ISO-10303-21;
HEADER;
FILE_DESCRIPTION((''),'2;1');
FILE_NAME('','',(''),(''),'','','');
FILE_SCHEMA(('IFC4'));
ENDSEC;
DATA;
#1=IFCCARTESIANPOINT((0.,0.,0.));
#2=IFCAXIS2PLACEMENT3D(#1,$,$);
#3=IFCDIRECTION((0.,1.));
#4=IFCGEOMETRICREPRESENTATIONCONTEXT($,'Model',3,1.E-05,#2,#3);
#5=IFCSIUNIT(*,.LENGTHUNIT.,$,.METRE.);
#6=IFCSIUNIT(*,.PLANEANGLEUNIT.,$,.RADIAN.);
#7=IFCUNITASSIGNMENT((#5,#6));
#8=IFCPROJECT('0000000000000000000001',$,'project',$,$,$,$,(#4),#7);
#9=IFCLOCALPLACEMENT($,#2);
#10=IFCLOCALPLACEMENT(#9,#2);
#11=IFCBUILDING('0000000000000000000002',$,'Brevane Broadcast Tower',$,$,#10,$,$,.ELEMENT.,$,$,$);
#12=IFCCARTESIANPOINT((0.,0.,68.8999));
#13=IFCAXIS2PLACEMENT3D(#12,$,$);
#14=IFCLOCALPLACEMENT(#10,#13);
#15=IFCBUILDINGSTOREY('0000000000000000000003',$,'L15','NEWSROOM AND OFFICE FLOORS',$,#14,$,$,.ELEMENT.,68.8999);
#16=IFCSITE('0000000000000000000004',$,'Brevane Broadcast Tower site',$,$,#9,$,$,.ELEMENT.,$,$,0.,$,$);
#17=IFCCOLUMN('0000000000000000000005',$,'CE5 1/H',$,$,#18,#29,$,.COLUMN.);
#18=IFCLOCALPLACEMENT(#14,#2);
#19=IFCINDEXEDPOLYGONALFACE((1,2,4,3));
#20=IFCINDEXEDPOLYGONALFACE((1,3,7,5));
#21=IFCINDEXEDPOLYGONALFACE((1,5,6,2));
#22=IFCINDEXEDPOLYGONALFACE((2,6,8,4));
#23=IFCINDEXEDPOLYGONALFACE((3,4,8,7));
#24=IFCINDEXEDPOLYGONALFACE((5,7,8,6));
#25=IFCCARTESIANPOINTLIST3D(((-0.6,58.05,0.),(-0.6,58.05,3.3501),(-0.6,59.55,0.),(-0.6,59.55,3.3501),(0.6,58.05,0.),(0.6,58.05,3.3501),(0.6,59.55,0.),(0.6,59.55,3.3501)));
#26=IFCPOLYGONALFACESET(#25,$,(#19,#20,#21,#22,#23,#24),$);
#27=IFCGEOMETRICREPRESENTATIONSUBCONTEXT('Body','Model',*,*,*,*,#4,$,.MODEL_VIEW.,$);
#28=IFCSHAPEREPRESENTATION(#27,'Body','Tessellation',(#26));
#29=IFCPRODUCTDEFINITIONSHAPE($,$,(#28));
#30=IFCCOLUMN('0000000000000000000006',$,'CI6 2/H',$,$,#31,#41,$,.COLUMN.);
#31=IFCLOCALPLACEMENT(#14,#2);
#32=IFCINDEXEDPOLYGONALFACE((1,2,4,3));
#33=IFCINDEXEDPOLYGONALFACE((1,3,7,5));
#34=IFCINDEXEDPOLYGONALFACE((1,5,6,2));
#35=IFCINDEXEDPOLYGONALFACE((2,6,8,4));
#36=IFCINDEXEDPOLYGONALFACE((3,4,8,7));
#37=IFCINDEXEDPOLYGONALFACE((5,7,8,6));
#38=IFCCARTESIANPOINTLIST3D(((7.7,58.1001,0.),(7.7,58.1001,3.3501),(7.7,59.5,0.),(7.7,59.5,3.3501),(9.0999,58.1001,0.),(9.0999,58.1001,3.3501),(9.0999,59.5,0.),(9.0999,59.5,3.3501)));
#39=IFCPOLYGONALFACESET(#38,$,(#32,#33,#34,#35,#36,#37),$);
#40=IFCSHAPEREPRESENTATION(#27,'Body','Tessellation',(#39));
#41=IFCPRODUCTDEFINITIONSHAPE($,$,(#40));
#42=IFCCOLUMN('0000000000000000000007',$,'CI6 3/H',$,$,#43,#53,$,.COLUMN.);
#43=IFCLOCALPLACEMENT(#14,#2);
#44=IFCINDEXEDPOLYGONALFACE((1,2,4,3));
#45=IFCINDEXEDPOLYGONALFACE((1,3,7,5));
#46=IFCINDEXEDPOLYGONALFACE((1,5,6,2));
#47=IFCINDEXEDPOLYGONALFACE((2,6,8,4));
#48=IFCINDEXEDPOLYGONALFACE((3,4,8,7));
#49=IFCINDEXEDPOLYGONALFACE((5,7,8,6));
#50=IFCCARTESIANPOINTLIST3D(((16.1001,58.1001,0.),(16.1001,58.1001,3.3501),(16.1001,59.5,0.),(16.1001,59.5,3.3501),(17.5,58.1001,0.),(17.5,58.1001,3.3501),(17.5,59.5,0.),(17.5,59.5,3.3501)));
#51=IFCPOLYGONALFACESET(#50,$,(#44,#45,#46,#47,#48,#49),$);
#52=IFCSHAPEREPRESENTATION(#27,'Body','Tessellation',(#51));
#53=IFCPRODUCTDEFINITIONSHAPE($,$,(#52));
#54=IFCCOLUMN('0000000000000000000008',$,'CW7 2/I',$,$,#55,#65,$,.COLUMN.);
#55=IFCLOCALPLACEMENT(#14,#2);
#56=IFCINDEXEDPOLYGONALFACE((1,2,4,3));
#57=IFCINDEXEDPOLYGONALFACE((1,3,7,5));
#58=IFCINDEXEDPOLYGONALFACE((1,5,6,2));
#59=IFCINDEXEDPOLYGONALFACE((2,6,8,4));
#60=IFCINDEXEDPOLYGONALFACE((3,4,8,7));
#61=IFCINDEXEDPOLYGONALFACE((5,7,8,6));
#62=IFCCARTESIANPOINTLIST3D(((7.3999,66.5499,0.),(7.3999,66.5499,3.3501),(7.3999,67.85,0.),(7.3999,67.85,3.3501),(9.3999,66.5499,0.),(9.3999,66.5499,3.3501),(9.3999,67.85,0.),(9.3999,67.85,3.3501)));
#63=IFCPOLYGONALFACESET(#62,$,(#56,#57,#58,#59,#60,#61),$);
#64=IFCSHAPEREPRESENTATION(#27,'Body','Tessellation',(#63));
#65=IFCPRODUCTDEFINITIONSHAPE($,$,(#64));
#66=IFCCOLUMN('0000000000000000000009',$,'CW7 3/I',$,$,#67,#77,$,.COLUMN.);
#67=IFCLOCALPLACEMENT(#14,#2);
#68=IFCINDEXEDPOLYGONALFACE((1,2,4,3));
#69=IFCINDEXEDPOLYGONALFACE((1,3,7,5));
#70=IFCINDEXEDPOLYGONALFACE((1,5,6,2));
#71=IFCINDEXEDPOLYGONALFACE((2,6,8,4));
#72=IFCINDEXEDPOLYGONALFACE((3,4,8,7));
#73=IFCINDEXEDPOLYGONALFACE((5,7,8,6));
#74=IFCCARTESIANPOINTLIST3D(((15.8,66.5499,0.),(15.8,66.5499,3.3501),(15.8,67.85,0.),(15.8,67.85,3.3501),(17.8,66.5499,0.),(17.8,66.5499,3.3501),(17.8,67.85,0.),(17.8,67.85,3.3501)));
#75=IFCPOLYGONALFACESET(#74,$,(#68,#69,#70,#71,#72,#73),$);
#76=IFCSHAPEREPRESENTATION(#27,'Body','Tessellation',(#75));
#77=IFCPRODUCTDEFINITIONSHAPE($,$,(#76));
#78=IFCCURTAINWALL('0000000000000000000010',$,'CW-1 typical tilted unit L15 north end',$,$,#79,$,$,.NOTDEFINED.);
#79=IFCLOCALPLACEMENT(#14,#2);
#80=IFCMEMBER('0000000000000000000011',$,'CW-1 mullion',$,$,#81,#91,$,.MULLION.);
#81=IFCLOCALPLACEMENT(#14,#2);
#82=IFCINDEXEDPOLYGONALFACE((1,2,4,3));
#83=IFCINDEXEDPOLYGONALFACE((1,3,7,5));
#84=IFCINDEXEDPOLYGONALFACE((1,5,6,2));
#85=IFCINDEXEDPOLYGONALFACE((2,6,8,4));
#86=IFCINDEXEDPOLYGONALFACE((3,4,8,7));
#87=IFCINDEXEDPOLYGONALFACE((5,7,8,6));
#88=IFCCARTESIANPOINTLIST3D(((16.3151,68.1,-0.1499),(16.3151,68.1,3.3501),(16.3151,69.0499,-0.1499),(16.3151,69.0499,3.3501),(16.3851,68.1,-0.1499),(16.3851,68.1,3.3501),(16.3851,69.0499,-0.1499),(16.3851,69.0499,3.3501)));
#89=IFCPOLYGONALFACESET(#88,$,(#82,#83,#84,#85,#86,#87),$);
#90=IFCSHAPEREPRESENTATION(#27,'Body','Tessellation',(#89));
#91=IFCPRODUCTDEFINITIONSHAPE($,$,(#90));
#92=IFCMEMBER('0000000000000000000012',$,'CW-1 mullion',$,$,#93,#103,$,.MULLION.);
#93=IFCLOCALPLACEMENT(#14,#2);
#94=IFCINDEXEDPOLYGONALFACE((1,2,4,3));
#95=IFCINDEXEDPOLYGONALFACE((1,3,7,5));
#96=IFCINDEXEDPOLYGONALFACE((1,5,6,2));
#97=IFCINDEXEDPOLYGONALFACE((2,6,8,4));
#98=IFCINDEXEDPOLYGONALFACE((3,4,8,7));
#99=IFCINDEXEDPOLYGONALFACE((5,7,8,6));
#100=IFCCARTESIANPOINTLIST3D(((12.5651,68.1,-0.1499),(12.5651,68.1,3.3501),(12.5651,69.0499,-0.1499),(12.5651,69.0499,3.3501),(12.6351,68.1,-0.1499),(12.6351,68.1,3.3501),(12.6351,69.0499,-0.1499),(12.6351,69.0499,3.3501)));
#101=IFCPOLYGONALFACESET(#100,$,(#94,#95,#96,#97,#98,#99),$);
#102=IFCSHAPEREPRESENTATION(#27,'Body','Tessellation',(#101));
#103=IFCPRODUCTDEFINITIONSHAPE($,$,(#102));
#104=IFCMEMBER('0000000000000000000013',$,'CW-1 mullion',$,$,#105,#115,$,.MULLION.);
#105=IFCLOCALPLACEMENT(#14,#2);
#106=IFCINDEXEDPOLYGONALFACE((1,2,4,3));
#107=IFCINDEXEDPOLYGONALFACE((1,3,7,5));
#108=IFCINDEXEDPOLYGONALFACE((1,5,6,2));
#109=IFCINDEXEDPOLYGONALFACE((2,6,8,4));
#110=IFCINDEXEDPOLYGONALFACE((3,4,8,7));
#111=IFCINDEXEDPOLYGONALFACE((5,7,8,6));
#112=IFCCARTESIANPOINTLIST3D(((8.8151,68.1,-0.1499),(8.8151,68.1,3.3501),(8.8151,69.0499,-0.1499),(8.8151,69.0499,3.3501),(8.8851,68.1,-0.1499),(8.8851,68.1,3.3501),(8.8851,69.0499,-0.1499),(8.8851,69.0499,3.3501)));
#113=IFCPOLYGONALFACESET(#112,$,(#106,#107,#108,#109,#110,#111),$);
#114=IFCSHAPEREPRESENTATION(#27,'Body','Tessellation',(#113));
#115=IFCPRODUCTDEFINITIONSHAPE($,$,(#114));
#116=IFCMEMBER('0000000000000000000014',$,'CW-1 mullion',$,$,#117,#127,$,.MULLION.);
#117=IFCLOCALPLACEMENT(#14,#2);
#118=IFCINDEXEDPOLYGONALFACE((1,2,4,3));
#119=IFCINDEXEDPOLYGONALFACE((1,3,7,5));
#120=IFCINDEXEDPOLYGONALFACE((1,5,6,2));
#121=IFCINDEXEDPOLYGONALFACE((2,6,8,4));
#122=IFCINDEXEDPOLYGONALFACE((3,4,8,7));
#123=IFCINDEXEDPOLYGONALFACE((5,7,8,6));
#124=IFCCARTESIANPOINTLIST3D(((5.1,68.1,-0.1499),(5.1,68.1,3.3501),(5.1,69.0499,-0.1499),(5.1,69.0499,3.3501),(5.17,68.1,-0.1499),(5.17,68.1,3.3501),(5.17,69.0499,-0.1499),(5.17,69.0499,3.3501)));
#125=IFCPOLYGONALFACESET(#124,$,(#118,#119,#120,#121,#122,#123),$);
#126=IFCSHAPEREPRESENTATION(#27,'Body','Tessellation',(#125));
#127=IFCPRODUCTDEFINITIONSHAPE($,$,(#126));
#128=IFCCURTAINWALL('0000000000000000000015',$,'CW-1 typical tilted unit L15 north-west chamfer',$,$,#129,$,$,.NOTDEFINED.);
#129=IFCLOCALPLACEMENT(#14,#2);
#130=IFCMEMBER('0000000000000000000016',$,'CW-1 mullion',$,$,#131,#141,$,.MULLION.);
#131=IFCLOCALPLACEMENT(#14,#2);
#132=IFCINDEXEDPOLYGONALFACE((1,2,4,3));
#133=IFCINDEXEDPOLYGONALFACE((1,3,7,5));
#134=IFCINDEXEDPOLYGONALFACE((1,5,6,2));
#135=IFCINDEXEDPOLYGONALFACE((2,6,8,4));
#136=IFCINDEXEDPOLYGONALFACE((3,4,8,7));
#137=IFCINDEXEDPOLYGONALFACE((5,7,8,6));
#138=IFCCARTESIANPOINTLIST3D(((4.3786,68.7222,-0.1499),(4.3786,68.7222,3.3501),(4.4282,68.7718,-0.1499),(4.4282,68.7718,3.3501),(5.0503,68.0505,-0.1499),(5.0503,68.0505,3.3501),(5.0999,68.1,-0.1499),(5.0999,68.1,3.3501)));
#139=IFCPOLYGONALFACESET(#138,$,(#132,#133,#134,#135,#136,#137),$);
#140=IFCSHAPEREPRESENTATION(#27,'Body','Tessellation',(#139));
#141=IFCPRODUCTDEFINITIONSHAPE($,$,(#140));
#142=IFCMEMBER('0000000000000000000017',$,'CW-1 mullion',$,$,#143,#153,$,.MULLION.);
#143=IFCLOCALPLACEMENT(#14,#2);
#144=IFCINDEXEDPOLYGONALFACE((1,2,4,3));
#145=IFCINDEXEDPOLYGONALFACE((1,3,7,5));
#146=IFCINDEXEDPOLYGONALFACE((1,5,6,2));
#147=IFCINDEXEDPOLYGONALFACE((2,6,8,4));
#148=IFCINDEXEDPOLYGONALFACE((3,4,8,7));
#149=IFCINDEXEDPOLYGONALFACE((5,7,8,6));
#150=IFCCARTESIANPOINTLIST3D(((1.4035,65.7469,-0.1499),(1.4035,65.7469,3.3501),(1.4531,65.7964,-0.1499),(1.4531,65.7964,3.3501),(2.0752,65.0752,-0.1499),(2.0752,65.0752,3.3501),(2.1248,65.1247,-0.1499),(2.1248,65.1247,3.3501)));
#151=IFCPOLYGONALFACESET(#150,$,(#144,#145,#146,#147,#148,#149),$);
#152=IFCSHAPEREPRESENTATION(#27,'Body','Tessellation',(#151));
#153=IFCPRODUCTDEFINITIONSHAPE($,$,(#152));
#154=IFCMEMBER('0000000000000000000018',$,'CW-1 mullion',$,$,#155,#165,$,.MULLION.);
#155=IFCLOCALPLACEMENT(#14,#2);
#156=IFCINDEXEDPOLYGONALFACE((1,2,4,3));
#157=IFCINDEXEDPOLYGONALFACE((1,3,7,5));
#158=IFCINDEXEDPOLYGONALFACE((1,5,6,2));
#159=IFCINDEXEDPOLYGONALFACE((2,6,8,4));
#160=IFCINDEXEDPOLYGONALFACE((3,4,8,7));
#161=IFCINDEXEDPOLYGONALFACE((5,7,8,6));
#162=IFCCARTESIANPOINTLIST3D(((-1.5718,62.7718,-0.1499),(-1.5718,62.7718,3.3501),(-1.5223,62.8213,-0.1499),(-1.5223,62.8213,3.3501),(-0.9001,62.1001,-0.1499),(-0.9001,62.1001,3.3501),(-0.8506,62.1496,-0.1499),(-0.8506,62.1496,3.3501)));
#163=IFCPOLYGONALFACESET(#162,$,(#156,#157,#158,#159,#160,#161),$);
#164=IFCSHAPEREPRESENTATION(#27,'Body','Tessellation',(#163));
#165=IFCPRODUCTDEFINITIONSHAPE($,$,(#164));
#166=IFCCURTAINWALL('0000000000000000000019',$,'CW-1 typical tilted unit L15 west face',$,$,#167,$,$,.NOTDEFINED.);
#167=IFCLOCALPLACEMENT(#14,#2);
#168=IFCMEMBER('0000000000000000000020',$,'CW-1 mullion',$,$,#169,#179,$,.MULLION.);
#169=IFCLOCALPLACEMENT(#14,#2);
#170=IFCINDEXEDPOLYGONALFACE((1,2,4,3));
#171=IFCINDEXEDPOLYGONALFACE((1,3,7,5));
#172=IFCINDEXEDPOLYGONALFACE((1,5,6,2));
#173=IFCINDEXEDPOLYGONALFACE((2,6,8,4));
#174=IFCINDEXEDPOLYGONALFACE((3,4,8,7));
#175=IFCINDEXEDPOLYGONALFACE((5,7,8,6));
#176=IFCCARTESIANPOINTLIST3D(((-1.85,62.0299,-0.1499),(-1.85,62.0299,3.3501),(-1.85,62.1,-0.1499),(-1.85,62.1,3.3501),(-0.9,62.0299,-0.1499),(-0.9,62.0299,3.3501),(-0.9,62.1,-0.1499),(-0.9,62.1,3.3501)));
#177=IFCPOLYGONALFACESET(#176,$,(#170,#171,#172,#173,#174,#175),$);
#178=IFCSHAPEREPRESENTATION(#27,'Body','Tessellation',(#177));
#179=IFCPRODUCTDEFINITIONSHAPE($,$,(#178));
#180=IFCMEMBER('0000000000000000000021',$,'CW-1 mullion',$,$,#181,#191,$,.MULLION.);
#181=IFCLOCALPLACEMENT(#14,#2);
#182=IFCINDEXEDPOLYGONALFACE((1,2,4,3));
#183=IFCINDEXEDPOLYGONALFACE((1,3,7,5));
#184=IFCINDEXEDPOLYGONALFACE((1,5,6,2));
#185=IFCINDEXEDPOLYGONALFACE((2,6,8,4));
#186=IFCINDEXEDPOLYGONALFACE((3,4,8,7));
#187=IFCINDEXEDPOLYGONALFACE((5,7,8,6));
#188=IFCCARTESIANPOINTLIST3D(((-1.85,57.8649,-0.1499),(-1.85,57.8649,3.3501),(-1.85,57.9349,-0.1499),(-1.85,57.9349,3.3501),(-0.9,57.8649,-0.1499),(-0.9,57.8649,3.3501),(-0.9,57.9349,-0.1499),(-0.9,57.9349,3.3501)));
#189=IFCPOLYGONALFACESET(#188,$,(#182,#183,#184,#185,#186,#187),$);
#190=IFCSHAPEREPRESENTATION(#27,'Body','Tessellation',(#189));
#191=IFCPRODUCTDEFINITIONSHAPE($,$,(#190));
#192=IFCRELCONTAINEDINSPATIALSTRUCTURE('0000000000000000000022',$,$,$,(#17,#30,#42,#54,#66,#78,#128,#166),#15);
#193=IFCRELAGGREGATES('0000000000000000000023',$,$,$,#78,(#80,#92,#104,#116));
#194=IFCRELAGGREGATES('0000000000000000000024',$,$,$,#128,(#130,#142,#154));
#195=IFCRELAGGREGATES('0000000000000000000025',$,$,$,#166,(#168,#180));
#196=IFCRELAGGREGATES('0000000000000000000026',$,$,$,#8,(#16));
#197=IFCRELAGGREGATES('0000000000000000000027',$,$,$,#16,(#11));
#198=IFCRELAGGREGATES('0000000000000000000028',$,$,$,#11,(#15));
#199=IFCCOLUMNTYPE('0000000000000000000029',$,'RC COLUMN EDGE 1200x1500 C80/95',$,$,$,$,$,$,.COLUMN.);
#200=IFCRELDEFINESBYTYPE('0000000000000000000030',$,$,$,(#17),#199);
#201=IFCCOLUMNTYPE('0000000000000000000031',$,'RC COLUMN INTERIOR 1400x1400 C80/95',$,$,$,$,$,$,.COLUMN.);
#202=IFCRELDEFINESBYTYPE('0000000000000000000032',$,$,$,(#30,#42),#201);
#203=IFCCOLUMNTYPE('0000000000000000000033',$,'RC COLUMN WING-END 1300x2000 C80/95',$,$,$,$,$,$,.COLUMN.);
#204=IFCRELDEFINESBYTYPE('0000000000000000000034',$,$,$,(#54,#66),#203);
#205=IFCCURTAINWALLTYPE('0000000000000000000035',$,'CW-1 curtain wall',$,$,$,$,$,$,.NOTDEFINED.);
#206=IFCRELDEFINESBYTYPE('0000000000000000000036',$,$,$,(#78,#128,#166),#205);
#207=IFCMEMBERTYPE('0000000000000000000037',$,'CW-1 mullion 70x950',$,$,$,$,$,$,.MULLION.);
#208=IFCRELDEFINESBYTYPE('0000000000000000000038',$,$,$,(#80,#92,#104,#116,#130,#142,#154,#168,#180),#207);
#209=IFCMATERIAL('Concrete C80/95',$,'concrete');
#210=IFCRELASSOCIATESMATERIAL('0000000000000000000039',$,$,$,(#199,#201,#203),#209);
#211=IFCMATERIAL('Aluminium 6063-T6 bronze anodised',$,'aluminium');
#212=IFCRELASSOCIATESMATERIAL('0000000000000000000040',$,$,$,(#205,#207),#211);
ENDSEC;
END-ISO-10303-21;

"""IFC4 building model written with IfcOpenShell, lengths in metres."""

from ifc_helpers import new_model, si_unit, direction, frame, origin, origin_2d, place, context, subcontext, project, spatial, rectangle, extrude, material, material_profile, profile_set, type_object, element, aggregate, save


model = new_model("IFC4")

# Units and contexts
model_context = context("Model", 3, precision=1e-05, world=origin(), true_north=direction((0.0, 1.0)))
body_context = subcontext(model_context, "Body", "Model", "MODEL_VIEW")
ifc_project = project(units=[si_unit("LENGTHUNIT", "METRE"), si_unit("PLANEANGLEUNIT", "RADIAN")], contexts=[model_context])

# Site, building, storey
site_placement = place(None, origin())
site = spatial("IfcSite", under=ifc_project, at=site_placement, Name="Brevane Broadcast Tower site", CompositionType="ELEMENT", RefElevation=0.0)
building_placement = place(site_placement, origin())
building = spatial("IfcBuilding", under=site, at=building_placement, Name="Brevane Broadcast Tower", CompositionType="ELEMENT")
storey_placement = place(building_placement, frame((0.0, 0.0, 68.8999)))
storey = spatial("IfcBuildingStorey", under=building, at=storey_placement, Name="L15", Description="NEWSROOM AND OFFICE FLOORS", CompositionType="ELEMENT", Elevation=68.8999)

# Columns
ifc_material_1 = material(Name="Concrete C80/95", Category="concrete")
ifc_material_profile_1 = material_profile(ifc_material_1, rectangle(XDim=1.2, YDim=1.5, at=origin_2d()), Name="RC 1200x1500")
ifc_profile_set_1 = profile_set([ifc_material_profile_1], Name="Concrete C80/95")
column_type_1 = type_object("IfcColumnType", Name="RC COLUMN EDGE 1200x1500 C80/95", PredefinedType="COLUMN", material=ifc_profile_set_1)
column_placement = place(storey_placement, frame((0.0, 58.8, 0.0), z_axis=(0.0, 0.0, 1.0), x_axis=(1.0, 0.0, 0.0)))
element("IfcColumn", 1, at=column_placement, inside=storey, type_object=column_type_1, Name="CE5 1/H", PredefinedType="COLUMN", context=body_context, shape_type="SweptSolid", body=[
    extrude(rectangle(XDim=1.2, YDim=1.5, at=origin_2d()), origin(), (0.0, 0.0, 1.0), 3.3501),
])
ifc_material_profile_2 = material_profile(ifc_material_1, rectangle(XDim=1.3999, YDim=1.3999, at=origin_2d()), Name="RC 1400x1400")
ifc_profile_set_2 = profile_set([ifc_material_profile_2], Name="Concrete C80/95")
column_type_2 = type_object("IfcColumnType", Name="RC COLUMN INTERIOR 1400x1400 C80/95", PredefinedType="COLUMN", material=ifc_profile_set_2)
for number, where, z_axis, x_axis, name in (
    (2, (8.3999, 58.8, 0.0), (0.0, 0.0, 1.0), (1.0, 0.0, 0.0), "CI6 2/H"),
    (3, (16.8, 58.8, 0.0), (0.0, 0.0, 1.0), (1.0, 0.0, 0.0), "CI6 3/H"),
):
    element("IfcColumn", number, at=place(storey_placement, frame(where, z_axis=z_axis, x_axis=x_axis)), inside=storey, type_object=column_type_2, Name=name, PredefinedType="COLUMN", context=body_context, shape_type="SweptSolid", body=[
        extrude(rectangle(XDim=1.3999, YDim=1.3999, at=origin_2d()), origin(), (0.0, 0.0, 1.0), 3.3501),
    ])
ifc_material_profile_3 = material_profile(ifc_material_1, rectangle(XDim=1.3, YDim=2.0, at=origin_2d()), Name="RC 1300x2000")
ifc_profile_set_3 = profile_set([ifc_material_profile_3], Name="Concrete C80/95")
column_type_3 = type_object("IfcColumnType", Name="RC COLUMN WING-END 1300x2000 C80/95", PredefinedType="COLUMN", material=ifc_profile_set_3)
for number, where, z_axis, x_axis, name in (
    (4, (8.3999, 67.2, 0.0), (0.0, 0.0, 1.0), (0.0, 1.0, 0.0), "CW7 2/I"),
    (5, (16.8, 67.2, 0.0), (0.0, 0.0, 1.0), (0.0, 1.0, 0.0), "CW7 3/I"),
):
    element("IfcColumn", number, at=place(storey_placement, frame(where, z_axis=z_axis, x_axis=x_axis)), inside=storey, type_object=column_type_3, Name=name, PredefinedType="COLUMN", context=body_context, shape_type="SweptSolid", body=[
        extrude(rectangle(XDim=1.3, YDim=2.0, at=origin_2d()), origin(), (0.0, 0.0, 1.0), 3.3501),
    ])

# Curtain walls, members
ifc_material_2 = material(Name="Aluminium 6063-T6 bronze anodised", Category="aluminium")
curtain_wall_type = type_object("IfcCurtainWallType", Name="CW-1 curtain wall", PredefinedType="NOTDEFINED", material=ifc_material_2)
curtain_wall_1_placement = place(storey_placement, origin())
curtain_wall_1 = element("IfcCurtainWall", 6, at=curtain_wall_1_placement, inside=storey, type_object=curtain_wall_type, Name="CW-1 typical tilted unit L15 north end", PredefinedType="NOTDEFINED")
ifc_material_profile_4 = material_profile(ifc_material_2, rectangle(XDim=0.95, YDim=0.0701, at=origin_2d()), Name="RECT 70x950")
ifc_profile_set_4 = profile_set([ifc_material_profile_4], Name="Aluminium 6063-T6 bronze anodised")
member_type_1 = type_object("IfcMemberType", Name="CW-1 mullion 70x950", PredefinedType="MULLION", material=ifc_profile_set_4)
member_1_placement = place(storey_placement, frame((16.3501, 68.575, -0.1499), z_axis=(0.0, 0.0, 1.0), x_axis=(0.0, -1.0, 0.0)))
member_1 = element("IfcMember", 7, at=member_1_placement, type_object=member_type_1, Name="CW-1 mullion", PredefinedType="MULLION", context=body_context, shape_type="SweptSolid", body=[
    extrude(rectangle(XDim=0.95, YDim=0.0701, at=origin_2d()), origin(), (0.0, 0.0, 1.0), 3.5),
])
member_2_placement = place(storey_placement, frame((12.6001, 68.575, -0.1499), z_axis=(0.0, 0.0, 1.0), x_axis=(0.0, -1.0, 0.0)))
member_2 = element("IfcMember", 8, at=member_2_placement, type_object=member_type_1, Name="CW-1 mullion", PredefinedType="MULLION", context=body_context, shape_type="SweptSolid", body=[
    extrude(rectangle(XDim=0.95, YDim=0.0701, at=origin_2d()), origin(), (0.0, 0.0, 1.0), 3.5),
])
member_3_placement = place(storey_placement, frame((8.8501, 68.575, -0.1499), z_axis=(0.0, 0.0, 1.0), x_axis=(0.0, -1.0, 0.0)))
member_3 = element("IfcMember", 9, at=member_3_placement, type_object=member_type_1, Name="CW-1 mullion", PredefinedType="MULLION", context=body_context, shape_type="SweptSolid", body=[
    extrude(rectangle(XDim=0.95, YDim=0.0701, at=origin_2d()), origin(), (0.0, 0.0, 1.0), 3.5),
])
member_4_placement = place(storey_placement, frame((5.135, 68.575, -0.1499), z_axis=(0.0, 0.0, 1.0), x_axis=(0.0, -1.0, 0.0)))
member_4 = element("IfcMember", 10, at=member_4_placement, type_object=member_type_1, Name="CW-1 mullion", PredefinedType="MULLION", context=body_context, shape_type="SweptSolid", body=[
    extrude(rectangle(XDim=0.95, YDim=0.0701, at=origin_2d()), origin(), (0.0, 0.0, 1.0), 3.5),
])
aggregate(curtain_wall_1, [member_1, member_2, member_3, member_4])
curtain_wall_2_placement = place(storey_placement, origin())
curtain_wall_2 = element("IfcCurtainWall", 11, at=curtain_wall_2_placement, inside=storey, type_object=curtain_wall_type, Name="CW-1 typical tilted unit L15 north-west chamfer", PredefinedType="NOTDEFINED")
member_5_placement = place(storey_placement, frame((4.7393, 68.4111, -0.1499), z_axis=(0.0, 0.0, 1.0), x_axis=(0.707107, -0.707107, 0.0)))
member_5 = element("IfcMember", 12, at=member_5_placement, type_object=member_type_1, Name="CW-1 mullion", PredefinedType="MULLION", context=body_context, shape_type="SweptSolid", body=[
    extrude(rectangle(XDim=0.95, YDim=0.0701, at=origin_2d()), origin(), (0.0, 0.0, 1.0), 3.5),
])
member_6_placement = place(storey_placement, frame((1.7642, 65.4358, -0.1499), z_axis=(0.0, 0.0, 1.0), x_axis=(0.707107, -0.707107, 0.0)))
member_6 = element("IfcMember", 13, at=member_6_placement, type_object=member_type_1, Name="CW-1 mullion", PredefinedType="MULLION", context=body_context, shape_type="SweptSolid", body=[
    extrude(rectangle(XDim=0.95, YDim=0.0701, at=origin_2d()), origin(), (0.0, 0.0, 1.0), 3.5),
])
member_7_placement = place(storey_placement, frame((-1.2112, 62.4607, -0.1499), z_axis=(0.0, 0.0, 1.0), x_axis=(0.707107, -0.707107, 0.0)))
member_7 = element("IfcMember", 14, at=member_7_placement, type_object=member_type_1, Name="CW-1 mullion", PredefinedType="MULLION", context=body_context, shape_type="SweptSolid", body=[
    extrude(rectangle(XDim=0.95, YDim=0.0701, at=origin_2d()), origin(), (0.0, 0.0, 1.0), 3.5),
])
curtain_wall_3_placement = place(storey_placement, origin())
curtain_wall_3 = element("IfcCurtainWall", 15, at=curtain_wall_3_placement, inside=storey, type_object=curtain_wall_type, Name="CW-1 typical tilted unit L15 west face", PredefinedType="NOTDEFINED")
member_8_placement = place(storey_placement, frame((-1.375, 62.0649, -0.1499), z_axis=(0.0, 0.0, 1.0), x_axis=(1.0, 0.0, 0.0)))
member_8 = element("IfcMember", 16, at=member_8_placement, type_object=member_type_1, Name="CW-1 mullion", PredefinedType="MULLION", context=body_context, shape_type="SweptSolid", body=[
    extrude(rectangle(XDim=0.95, YDim=0.0701, at=origin_2d()), origin(), (0.0, 0.0, 1.0), 3.5),
])
member_9_placement = place(storey_placement, frame((-1.375, 57.8999, -0.1499), z_axis=(0.0, 0.0, 1.0), x_axis=(1.0, 0.0, 0.0)))
member_9 = element("IfcMember", 17, at=member_9_placement, type_object=member_type_1, Name="CW-1 mullion", PredefinedType="MULLION", context=body_context, shape_type="SweptSolid", body=[
    extrude(rectangle(XDim=0.95, YDim=0.0701, at=origin_2d()), origin(), (0.0, 0.0, 1.0), 3.5),
])

aggregate(curtain_wall_2, [member_5, member_6, member_7])
aggregate(curtain_wall_3, [member_8, member_9])

save(model, "model.ifc")
